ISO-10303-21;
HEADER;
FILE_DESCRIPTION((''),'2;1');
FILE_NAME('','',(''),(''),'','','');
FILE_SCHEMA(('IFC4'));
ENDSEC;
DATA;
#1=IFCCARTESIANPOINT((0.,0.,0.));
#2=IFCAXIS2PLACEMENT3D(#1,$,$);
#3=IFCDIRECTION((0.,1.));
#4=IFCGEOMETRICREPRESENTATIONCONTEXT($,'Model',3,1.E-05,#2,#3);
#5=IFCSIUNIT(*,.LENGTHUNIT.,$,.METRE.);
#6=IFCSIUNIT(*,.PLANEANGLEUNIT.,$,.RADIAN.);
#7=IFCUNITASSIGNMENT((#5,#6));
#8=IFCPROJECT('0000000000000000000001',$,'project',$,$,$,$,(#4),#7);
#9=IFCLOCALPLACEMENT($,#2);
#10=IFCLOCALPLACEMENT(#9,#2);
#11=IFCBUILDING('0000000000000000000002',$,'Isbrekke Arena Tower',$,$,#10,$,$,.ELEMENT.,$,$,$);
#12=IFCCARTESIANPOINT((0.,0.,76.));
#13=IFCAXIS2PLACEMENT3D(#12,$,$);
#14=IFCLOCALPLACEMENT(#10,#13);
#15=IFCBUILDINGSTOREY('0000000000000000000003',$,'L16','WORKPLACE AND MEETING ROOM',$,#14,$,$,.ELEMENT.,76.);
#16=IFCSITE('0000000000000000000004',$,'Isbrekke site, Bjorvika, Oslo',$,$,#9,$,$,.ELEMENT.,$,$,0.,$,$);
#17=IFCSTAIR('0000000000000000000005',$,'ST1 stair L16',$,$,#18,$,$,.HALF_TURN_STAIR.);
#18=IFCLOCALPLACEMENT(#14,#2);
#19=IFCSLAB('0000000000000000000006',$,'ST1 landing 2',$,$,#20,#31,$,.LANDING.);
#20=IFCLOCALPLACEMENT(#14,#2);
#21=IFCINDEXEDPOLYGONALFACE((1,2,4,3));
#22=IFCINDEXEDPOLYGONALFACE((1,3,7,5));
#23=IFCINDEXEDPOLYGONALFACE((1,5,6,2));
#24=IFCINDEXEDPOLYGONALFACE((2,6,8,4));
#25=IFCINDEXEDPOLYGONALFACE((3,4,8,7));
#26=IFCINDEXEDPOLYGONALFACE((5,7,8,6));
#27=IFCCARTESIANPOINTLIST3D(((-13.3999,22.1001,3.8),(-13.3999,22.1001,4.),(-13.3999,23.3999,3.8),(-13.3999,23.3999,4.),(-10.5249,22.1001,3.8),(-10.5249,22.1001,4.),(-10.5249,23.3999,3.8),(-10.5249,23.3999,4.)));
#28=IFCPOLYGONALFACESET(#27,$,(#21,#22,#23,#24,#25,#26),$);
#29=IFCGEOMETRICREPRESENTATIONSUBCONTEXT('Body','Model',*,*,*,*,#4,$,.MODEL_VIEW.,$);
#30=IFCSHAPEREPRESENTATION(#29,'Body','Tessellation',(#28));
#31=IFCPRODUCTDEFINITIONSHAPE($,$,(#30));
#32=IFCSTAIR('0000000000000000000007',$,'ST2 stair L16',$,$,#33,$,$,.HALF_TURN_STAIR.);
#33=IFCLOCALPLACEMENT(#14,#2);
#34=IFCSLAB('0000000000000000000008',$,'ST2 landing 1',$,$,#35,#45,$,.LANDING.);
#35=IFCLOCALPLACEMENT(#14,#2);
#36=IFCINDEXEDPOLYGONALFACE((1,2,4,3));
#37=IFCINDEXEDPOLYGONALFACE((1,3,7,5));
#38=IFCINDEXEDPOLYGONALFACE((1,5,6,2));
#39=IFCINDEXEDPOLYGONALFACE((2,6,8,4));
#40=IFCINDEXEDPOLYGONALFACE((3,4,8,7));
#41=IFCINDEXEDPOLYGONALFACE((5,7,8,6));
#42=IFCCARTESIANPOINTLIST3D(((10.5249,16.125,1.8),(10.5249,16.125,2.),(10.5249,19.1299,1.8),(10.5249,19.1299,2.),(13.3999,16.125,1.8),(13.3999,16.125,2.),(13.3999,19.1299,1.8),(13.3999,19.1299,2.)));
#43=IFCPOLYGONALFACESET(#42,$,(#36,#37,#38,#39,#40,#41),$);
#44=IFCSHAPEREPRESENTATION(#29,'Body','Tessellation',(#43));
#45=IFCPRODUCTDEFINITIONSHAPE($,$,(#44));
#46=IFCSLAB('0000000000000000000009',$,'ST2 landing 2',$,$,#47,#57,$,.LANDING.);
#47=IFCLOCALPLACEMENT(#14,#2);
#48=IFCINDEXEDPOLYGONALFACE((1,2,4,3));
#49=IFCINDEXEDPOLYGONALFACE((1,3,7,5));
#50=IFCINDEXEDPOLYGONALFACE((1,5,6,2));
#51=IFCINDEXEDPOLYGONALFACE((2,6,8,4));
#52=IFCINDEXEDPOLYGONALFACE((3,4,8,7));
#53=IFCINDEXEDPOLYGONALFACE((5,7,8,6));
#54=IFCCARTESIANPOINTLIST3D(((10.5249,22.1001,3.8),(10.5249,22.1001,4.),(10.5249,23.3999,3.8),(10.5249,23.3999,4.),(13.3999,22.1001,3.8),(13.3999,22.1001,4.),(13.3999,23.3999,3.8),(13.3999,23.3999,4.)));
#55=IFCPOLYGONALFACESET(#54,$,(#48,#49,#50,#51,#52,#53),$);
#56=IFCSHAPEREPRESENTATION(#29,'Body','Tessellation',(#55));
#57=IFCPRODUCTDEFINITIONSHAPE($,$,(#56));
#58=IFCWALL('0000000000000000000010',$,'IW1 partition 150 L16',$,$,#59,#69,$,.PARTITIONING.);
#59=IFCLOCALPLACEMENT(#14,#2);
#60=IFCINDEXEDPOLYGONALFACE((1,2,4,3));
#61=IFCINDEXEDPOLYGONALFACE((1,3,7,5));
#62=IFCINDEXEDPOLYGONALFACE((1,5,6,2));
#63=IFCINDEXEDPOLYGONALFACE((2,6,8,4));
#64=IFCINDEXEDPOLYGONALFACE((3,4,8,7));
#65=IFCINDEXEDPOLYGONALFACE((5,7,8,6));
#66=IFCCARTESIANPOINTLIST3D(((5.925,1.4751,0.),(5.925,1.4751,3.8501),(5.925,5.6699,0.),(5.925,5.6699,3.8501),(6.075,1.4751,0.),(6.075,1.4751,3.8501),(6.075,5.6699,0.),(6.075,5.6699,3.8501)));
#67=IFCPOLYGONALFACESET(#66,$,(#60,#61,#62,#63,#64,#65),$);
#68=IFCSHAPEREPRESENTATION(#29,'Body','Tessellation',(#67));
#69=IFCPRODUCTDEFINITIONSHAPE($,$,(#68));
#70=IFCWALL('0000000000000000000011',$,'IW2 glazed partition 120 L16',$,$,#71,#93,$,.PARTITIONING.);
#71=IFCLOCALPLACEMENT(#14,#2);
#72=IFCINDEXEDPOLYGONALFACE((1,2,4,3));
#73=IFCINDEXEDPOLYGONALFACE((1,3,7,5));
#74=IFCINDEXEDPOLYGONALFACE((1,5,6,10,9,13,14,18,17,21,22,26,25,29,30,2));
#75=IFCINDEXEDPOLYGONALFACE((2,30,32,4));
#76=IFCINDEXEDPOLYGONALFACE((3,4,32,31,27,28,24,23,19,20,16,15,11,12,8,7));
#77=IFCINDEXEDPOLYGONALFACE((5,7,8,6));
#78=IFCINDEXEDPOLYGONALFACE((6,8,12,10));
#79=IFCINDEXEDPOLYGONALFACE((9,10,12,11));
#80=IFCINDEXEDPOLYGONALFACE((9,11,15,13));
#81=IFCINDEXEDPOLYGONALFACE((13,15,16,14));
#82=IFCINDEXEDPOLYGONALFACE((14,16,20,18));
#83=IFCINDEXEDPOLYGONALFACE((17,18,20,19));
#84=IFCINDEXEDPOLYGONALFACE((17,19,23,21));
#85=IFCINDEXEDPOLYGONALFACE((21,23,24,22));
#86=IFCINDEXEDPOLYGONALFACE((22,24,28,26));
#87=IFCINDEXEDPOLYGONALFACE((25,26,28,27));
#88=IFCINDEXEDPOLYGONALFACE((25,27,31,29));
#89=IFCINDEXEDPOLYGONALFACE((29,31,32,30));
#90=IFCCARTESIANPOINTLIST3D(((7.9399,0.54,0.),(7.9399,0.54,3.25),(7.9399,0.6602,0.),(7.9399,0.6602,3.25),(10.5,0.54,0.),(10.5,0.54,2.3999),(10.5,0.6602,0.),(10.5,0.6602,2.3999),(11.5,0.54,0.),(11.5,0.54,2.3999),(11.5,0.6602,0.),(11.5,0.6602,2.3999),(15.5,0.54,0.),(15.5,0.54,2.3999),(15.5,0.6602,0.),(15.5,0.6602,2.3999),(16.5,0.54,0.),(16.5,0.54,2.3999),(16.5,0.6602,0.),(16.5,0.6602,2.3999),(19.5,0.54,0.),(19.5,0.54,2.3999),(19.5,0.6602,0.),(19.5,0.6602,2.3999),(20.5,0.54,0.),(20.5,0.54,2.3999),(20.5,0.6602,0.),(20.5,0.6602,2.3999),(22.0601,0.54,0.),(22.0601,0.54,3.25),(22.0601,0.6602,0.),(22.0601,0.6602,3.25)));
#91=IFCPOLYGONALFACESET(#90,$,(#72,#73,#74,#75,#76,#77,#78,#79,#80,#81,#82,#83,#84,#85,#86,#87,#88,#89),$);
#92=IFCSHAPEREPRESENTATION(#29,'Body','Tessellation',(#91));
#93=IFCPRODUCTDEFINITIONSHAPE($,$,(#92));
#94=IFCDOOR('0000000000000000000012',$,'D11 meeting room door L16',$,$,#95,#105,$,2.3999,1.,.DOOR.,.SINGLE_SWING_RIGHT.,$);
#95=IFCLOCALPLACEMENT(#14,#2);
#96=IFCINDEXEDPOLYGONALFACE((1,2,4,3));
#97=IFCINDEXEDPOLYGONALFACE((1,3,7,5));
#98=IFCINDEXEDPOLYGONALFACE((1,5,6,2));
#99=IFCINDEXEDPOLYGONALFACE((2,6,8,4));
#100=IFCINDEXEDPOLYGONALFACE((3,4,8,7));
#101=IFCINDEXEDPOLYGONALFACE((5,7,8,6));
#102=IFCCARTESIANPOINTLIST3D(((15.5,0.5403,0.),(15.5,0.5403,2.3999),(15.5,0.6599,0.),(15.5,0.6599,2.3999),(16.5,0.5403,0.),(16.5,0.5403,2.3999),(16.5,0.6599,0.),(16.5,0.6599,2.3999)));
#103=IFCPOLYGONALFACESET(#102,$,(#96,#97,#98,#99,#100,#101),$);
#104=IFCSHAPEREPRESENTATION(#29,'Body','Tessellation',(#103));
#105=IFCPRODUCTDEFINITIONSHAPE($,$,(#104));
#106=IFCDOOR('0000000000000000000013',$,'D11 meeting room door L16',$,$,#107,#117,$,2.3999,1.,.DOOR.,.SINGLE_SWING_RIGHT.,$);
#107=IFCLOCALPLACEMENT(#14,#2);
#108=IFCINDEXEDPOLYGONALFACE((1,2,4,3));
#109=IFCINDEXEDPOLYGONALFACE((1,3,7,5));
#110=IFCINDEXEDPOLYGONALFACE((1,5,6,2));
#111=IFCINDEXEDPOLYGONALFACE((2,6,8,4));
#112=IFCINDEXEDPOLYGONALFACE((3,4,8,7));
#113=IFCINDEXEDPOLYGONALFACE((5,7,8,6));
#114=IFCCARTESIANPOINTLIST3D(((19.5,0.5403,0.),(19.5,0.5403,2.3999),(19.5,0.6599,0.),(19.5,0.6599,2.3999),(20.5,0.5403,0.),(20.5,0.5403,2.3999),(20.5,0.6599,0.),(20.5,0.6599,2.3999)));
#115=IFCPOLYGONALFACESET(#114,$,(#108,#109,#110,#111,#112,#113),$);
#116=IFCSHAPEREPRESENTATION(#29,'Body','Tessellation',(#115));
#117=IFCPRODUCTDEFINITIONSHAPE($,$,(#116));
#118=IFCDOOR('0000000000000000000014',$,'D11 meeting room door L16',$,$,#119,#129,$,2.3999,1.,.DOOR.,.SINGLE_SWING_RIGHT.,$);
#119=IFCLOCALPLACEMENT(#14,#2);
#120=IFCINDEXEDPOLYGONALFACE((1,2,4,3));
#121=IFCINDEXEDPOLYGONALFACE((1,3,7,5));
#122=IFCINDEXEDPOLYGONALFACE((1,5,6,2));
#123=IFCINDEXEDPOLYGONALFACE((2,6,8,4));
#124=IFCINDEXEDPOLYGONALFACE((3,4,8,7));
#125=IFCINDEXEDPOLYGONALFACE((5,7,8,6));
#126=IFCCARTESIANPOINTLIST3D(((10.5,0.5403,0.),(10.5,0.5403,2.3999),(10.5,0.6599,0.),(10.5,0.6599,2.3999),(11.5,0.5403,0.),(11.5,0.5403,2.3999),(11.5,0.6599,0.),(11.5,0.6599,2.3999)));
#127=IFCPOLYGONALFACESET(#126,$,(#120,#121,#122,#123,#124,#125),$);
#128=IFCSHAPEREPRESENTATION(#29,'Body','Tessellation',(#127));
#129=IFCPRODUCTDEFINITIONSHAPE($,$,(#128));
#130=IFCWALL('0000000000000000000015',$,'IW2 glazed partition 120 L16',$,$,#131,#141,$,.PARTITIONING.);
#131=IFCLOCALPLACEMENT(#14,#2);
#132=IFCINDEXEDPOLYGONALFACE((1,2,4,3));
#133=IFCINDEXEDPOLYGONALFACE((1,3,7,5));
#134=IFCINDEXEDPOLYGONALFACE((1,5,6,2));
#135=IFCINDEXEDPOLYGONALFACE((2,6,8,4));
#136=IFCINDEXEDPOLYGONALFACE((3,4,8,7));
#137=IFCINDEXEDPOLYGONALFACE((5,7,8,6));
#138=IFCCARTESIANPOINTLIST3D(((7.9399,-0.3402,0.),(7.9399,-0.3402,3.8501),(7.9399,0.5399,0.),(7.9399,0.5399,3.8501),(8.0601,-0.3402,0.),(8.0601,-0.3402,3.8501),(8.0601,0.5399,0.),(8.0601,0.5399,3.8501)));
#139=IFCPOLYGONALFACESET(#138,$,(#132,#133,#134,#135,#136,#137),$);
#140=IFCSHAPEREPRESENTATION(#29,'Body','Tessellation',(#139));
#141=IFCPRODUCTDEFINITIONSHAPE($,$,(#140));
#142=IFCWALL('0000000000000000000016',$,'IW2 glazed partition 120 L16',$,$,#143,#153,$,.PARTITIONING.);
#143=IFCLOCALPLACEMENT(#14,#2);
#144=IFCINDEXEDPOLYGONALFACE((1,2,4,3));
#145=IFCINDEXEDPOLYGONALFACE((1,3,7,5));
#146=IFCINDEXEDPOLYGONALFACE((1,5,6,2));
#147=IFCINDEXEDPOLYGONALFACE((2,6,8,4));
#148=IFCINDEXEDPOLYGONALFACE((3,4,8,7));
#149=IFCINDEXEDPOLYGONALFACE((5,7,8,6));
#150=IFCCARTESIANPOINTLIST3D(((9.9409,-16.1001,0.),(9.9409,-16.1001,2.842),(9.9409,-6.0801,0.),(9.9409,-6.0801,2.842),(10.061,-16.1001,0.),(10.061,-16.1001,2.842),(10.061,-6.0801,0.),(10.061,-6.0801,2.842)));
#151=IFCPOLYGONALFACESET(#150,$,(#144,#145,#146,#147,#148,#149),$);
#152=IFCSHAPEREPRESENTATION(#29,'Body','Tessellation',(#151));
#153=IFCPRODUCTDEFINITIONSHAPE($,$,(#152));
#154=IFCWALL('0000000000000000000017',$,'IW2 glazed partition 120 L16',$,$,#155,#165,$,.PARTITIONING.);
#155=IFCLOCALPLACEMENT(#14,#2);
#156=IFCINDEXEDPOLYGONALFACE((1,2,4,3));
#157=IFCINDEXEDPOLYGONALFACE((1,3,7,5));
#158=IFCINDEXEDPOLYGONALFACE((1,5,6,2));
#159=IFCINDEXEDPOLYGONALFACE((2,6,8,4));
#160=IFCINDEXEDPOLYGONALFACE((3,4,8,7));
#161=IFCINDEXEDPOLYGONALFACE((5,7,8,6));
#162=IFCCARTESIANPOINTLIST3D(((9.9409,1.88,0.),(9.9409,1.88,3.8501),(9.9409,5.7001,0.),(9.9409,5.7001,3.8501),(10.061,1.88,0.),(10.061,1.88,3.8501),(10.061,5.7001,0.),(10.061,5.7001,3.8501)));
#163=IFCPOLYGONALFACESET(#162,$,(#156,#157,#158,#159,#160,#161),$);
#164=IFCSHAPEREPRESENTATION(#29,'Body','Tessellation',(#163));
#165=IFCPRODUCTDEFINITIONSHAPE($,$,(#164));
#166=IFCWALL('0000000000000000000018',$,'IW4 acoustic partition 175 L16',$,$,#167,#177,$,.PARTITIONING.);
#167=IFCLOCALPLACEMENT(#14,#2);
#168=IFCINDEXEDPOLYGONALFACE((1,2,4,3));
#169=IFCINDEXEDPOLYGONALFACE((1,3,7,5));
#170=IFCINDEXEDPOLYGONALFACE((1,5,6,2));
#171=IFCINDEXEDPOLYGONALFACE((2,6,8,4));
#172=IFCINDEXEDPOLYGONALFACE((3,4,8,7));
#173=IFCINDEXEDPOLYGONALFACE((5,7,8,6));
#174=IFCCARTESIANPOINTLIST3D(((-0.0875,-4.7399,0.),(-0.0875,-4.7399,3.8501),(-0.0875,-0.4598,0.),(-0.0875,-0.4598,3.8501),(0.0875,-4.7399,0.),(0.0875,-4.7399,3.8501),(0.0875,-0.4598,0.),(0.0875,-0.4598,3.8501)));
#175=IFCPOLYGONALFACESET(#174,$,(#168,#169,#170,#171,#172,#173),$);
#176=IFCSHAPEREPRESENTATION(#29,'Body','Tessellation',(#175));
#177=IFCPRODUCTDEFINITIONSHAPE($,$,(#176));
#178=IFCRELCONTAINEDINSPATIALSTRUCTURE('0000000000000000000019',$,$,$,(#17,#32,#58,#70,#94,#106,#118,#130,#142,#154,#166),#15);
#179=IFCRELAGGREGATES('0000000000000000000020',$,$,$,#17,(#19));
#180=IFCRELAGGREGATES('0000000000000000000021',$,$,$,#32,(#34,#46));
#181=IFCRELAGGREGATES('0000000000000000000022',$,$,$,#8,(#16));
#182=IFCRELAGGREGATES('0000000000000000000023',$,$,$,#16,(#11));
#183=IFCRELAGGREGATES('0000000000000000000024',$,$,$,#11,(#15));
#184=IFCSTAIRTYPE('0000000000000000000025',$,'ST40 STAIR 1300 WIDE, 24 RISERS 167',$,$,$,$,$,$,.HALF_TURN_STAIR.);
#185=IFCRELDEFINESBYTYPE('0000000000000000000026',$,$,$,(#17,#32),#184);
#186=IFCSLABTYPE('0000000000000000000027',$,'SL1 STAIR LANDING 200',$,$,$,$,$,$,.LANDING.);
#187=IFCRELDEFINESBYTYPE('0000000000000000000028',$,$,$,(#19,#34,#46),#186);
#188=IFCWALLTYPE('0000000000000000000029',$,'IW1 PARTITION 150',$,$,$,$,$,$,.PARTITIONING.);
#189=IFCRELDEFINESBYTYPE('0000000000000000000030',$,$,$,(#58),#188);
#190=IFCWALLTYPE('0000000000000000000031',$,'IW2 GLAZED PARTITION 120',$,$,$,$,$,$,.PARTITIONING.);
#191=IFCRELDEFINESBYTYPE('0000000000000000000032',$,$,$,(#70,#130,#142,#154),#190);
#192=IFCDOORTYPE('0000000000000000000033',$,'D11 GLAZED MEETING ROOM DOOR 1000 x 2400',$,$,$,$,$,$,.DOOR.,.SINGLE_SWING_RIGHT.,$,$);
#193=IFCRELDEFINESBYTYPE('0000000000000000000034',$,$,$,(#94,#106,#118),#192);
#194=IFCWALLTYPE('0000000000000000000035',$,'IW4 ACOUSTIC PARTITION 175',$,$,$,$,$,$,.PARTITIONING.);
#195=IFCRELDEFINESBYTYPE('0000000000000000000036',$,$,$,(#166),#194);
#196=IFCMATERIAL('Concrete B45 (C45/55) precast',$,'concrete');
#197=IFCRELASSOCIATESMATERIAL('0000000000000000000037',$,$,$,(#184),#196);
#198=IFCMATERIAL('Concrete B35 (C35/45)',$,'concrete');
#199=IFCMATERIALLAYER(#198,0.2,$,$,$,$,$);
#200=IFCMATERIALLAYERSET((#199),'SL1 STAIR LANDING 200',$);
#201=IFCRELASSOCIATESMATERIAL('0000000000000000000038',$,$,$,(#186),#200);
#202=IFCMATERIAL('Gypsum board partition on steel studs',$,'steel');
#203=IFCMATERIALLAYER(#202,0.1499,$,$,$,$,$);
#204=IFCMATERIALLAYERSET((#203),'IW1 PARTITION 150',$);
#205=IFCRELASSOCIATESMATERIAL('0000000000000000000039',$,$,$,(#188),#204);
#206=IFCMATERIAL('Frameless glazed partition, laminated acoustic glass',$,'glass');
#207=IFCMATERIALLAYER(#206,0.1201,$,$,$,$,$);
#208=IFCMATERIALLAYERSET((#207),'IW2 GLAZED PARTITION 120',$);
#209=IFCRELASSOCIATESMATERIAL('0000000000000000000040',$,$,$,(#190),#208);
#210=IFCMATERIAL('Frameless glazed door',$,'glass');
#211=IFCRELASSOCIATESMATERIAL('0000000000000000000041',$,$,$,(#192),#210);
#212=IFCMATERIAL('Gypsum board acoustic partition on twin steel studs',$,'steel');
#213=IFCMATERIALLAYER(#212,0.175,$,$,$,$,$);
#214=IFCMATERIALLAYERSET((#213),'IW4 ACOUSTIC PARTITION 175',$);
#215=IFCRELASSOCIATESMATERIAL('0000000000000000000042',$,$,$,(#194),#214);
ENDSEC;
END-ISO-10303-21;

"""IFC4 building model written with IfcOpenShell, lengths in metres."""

from ifc_helpers import new_model, si_unit, direction, frame, frame_2d, origin, place, context, subcontext, project, spatial, polyline, rectangle, outline, extrude, material, layer, layer_set, type_object, element, fill, aggregate, save


model = new_model("IFC4")

# Units and contexts
model_context = context("Model", 3, precision=1e-05, world=origin(), true_north=direction((0.0, 1.0)))
body_context = subcontext(model_context, "Body", "Model", "MODEL_VIEW")
ifc_project = project(units=[si_unit("LENGTHUNIT", "METRE"), si_unit("PLANEANGLEUNIT", "RADIAN")], contexts=[model_context])

# Site, building, storey
site_placement = place(None, origin())
site = spatial("IfcSite", under=ifc_project, at=site_placement, Name="Isbrekke site, Bjorvika, Oslo", CompositionType="ELEMENT", RefElevation=0.0)
building_placement = place(site_placement, origin())
building = spatial("IfcBuilding", under=site, at=building_placement, Name="Isbrekke Arena Tower", CompositionType="ELEMENT")
storey_placement = place(building_placement, frame((0.0, 0.0, 76.0)))
storey = spatial("IfcBuildingStorey", under=building, at=storey_placement, Name="L16", Description="WORKPLACE AND MEETING ROOM", CompositionType="ELEMENT", Elevation=76.0)

# Stairs, slabs
ifc_material_1 = material(Name="Concrete B45 (C45/55) precast", Category="concrete")
stair_type = type_object("IfcStairType", Name="ST40 STAIR 1300 WIDE, 24 RISERS 167", PredefinedType="HALF_TURN_STAIR", material=ifc_material_1)
stair_1_placement = place(storey_placement, origin())
stair_1 = element("IfcStair", 1, at=stair_1_placement, inside=storey, type_object=stair_type, Name="ST1 stair L16", PredefinedType="HALF_TURN_STAIR")
ifc_material_2 = material(Name="Concrete B35 (C35/45)", Category="concrete")
ifc_layer_1 = layer(ifc_material_2, 0.2)
ifc_layer_set_1 = layer_set([ifc_layer_1], Name="SL1 STAIR LANDING 200")
slab_type_1 = type_object("IfcSlabType", Name="SL1 STAIR LANDING 200", PredefinedType="LANDING", material=ifc_layer_set_1)
slab_1_placement = place(storey_placement, frame((0.0, 0.0, 3.8)))
slab_1 = element("IfcSlab", 2, at=slab_1_placement, type_object=slab_type_1, Name="ST1 landing 2", PredefinedType="LANDING", context=body_context, shape_type="SweptSolid", body=[
    extrude(outline(polyline([(-13.3999, 22.1001), (-10.5249, 22.1001), (-10.5249, 23.3999), (-13.3999, 23.3999), (-13.3999, 22.1001)])), origin(), (0.0, 0.0, 1.0), 0.2),
])
aggregate(stair_1, [slab_1])
stair_2_placement = place(storey_placement, origin())
stair_2 = element("IfcStair", 3, at=stair_2_placement, inside=storey, type_object=stair_type, Name="ST2 stair L16", PredefinedType="HALF_TURN_STAIR")
slab_2_placement = place(storey_placement, frame((0.0, 0.0, 1.8)))
slab_2 = element("IfcSlab", 4, at=slab_2_placement, type_object=slab_type_1, Name="ST2 landing 1", PredefinedType="LANDING", context=body_context, shape_type="SweptSolid", body=[
    extrude(outline(polyline([(10.5249, 16.125), (13.3999, 16.125), (13.3999, 19.1299), (10.5249, 19.1299), (10.5249, 16.125)])), origin(), (0.0, 0.0, 1.0), 0.2),
])
slab_3_placement = place(storey_placement, frame((0.0, 0.0, 3.8)))
slab_3 = element("IfcSlab", 5, at=slab_3_placement, type_object=slab_type_1, Name="ST2 landing 2", PredefinedType="LANDING", context=body_context, shape_type="SweptSolid", body=[
    extrude(outline(polyline([(10.5249, 22.1001), (13.3999, 22.1001), (13.3999, 23.3999), (10.5249, 23.3999), (10.5249, 22.1001)])), origin(), (0.0, 0.0, 1.0), 0.2),
])
aggregate(stair_2, [slab_2, slab_3])

# Wall
ifc_material_3 = material(Name="Gypsum board partition on steel studs", Category="steel")
ifc_layer_2 = layer(ifc_material_3, 0.1499)
ifc_layer_set_2 = layer_set([ifc_layer_2], Name="IW1 PARTITION 150")
wall_type_1 = type_object("IfcWallType", Name="IW1 PARTITION 150", PredefinedType="PARTITIONING", material=ifc_layer_set_2)
wall_1_placement = place(storey_placement, frame((6.0, 1.4751, 0.0), z_axis=(0.0, 0.0, 1.0), x_axis=(0.0, 1.0, 0.0)))
element("IfcWall", 6, at=wall_1_placement, inside=storey, type_object=wall_type_1, Name="IW1 partition 150 L16", PredefinedType="PARTITIONING", context=body_context, shape_type="SweptSolid", body=[
    extrude(rectangle(XDim=4.1948, YDim=0.1499, at=frame_2d((2.0974, 0.0))), origin(), (0.0, 0.0, 1.0), 3.8501),
])

# Wall, openings, doors
ifc_material_4 = material(Name="Frameless glazed partition, laminated acoustic glass", Category="glass")
ifc_layer_3 = layer(ifc_material_4, 0.1201)
ifc_layer_set_3 = layer_set([ifc_layer_3], Name="IW2 GLAZED PARTITION 120")
wall_type_2 = type_object("IfcWallType", Name="IW2 GLAZED PARTITION 120", PredefinedType="PARTITIONING", material=ifc_layer_set_3)
wall_2_placement = place(storey_placement, frame((7.9399, 0.6001, 0.0), z_axis=(0.0, 0.0, 1.0), x_axis=(1.0, 0.0, 0.0)))
wall_2 = element("IfcWall", 7, at=wall_2_placement, inside=storey, type_object=wall_type_2, Name="IW2 glazed partition 120 L16", PredefinedType="PARTITIONING", context=body_context, shape_type="SweptSolid", body=[
    extrude(rectangle(XDim=14.1201, YDim=0.1201, at=frame_2d((7.0601, 0.0))), origin(), (0.0, 0.0, 1.0), 3.25),
])
opening_1_placement = place(wall_2_placement, frame((7.5601, 0.0, 0.0)))
opening_1 = element("IfcOpeningElement", 8, at=opening_1_placement, cuts=wall_2, PredefinedType="OPENING", context=body_context, shape_type="SweptSolid", body=[
    extrude(rectangle(XDim=1.0, YDim=2.3999, at=frame_2d((0.5, 1.2))), frame((0.0, 0.075, 0.0), z_axis=(0.0, -1.0, 0.0), x_axis=(1.0, 0.0, 0.0)), (0.0, 0.0, 1.0), 0.1499),
])
opening_2_placement = place(wall_2_placement, frame((11.5601, 0.0, 0.0)))
opening_2 = element("IfcOpeningElement", 9, at=opening_2_placement, cuts=wall_2, PredefinedType="OPENING", context=body_context, shape_type="SweptSolid", body=[
    extrude(rectangle(XDim=1.0, YDim=2.3999, at=frame_2d((0.5, 1.2))), frame((0.0, 0.075, 0.0), z_axis=(0.0, -1.0, 0.0), x_axis=(1.0, 0.0, 0.0)), (0.0, 0.0, 1.0), 0.1499),
])
opening_3_placement = place(wall_2_placement, frame((2.5601, 0.0, 0.0)))
opening_3 = element("IfcOpeningElement", 10, at=opening_3_placement, cuts=wall_2, PredefinedType="OPENING", context=body_context, shape_type="SweptSolid", body=[
    extrude(rectangle(XDim=1.0, YDim=2.3999, at=frame_2d((0.5, 1.2))), frame((0.0, 0.075, 0.0), z_axis=(0.0, -1.0, 0.0), x_axis=(1.0, 0.0, 0.0)), (0.0, 0.0, 1.0), 0.1499),
])
ifc_material_5 = material(Name="Frameless glazed door", Category="glass")
door_type = type_object("IfcDoorType", Name="D11 GLAZED MEETING ROOM DOOR 1000 x 2400", OperationType="SINGLE_SWING_RIGHT", PredefinedType="DOOR", material=ifc_material_5)
door_1_placement = place(opening_1_placement, origin())
door_1 = element("IfcDoor", 11, at=door_1_placement, inside=storey, type_object=door_type, Name="D11 meeting room door L16", OperationType="SINGLE_SWING_RIGHT", OverallHeight=2.3999, OverallWidth=1.0, PredefinedType="DOOR", context=body_context, shape_type="SweptSolid", body=[
    extrude(rectangle(XDim=1.0, YDim=2.3999, at=frame_2d((0.5, 1.2))), frame((0.0, 0.0598, 0.0), z_axis=(0.0, -1.0, 0.0), x_axis=(1.0, 0.0, 0.0)), (0.0, 0.0, 1.0), 0.1196),
])
fill(opening_1, door_1)
door_2_placement = place(opening_2_placement, origin())
door_2 = element("IfcDoor", 12, at=door_2_placement, inside=storey, type_object=door_type, Name="D11 meeting room door L16", OperationType="SINGLE_SWING_RIGHT", OverallHeight=2.3999, OverallWidth=1.0, PredefinedType="DOOR", context=body_context, shape_type="SweptSolid", body=[
    extrude(rectangle(XDim=1.0, YDim=2.3999, at=frame_2d((0.5, 1.2))), frame((0.0, 0.0598, 0.0), z_axis=(0.0, -1.0, 0.0), x_axis=(1.0, 0.0, 0.0)), (0.0, 0.0, 1.0), 0.1196),
])
fill(opening_2, door_2)
door_3_placement = place(opening_3_placement, origin())
door_3 = element("IfcDoor", 13, at=door_3_placement, inside=storey, type_object=door_type, Name="D11 meeting room door L16", OperationType="SINGLE_SWING_RIGHT", OverallHeight=2.3999, OverallWidth=1.0, PredefinedType="DOOR", context=body_context, shape_type="SweptSolid", body=[
    extrude(rectangle(XDim=1.0, YDim=2.3999, at=frame_2d((0.5, 1.2))), frame((0.0, 0.0598, 0.0), z_axis=(0.0, -1.0, 0.0), x_axis=(1.0, 0.0, 0.0)), (0.0, 0.0, 1.0), 0.1196),
])
fill(opening_3, door_3)

# Walls
wall_3_placement = place(storey_placement, frame((8.0, -0.3401, 0.0), z_axis=(0.0, 0.0, 1.0), x_axis=(0.0, 1.0, 0.0)))
element("IfcWall", 14, at=wall_3_placement, inside=storey, type_object=wall_type_2, Name="IW2 glazed partition 120 L16", PredefinedType="PARTITIONING", context=body_context, shape_type="SweptSolid", body=[
    extrude(rectangle(XDim=0.8801, YDim=0.1201, at=frame_2d((0.4399, 0.0))), origin(), (0.0, 0.0, 1.0), 3.8501),
])
wall_4_placement = place(storey_placement, frame((10.001, -16.1001, 0.0), z_axis=(0.0, 0.0, 1.0), x_axis=(0.0, 1.0, 0.0)))
element("IfcWall", 15, at=wall_4_placement, inside=storey, type_object=wall_type_2, Name="IW2 glazed partition 120 L16", PredefinedType="PARTITIONING", context=body_context, shape_type="SweptSolid", body=[
    extrude(rectangle(XDim=10.02, YDim=0.1201, at=frame_2d((5.01, 0.0))), origin(), (0.0, 0.0, 1.0), 2.842),
])
wall_5_placement = place(storey_placement, frame((10.001, 1.8799, 0.0), z_axis=(0.0, 0.0, 1.0), x_axis=(0.0, 1.0, 0.0)))
element("IfcWall", 16, at=wall_5_placement, inside=storey, type_object=wall_type_2, Name="IW2 glazed partition 120 L16", PredefinedType="PARTITIONING", context=body_context, shape_type="SweptSolid", body=[
    extrude(rectangle(XDim=3.8201, YDim=0.1201, at=frame_2d((1.9102, 0.0))), origin(), (0.0, 0.0, 1.0), 3.8501),
])
ifc_material_6 = material(Name="Gypsum board acoustic partition on twin steel studs", Category="steel")
ifc_layer_4 = layer(ifc_material_6, 0.175)
ifc_layer_set_4 = layer_set([ifc_layer_4], Name="IW4 ACOUSTIC PARTITION 175")
wall_type_3 = type_object("IfcWallType", Name="IW4 ACOUSTIC PARTITION 175", PredefinedType="PARTITIONING", material=ifc_layer_set_4)
for number, where, z_axis, x_axis, name in (
    (17, (0.0, -4.74, 0.0), (0.0, 0.0, 1.0), (0.0, 1.0, 0.0), "IW4 acoustic partition 175 L16"),
):
    element("IfcWall", number, at=place(storey_placement, frame(where, z_axis=z_axis, x_axis=x_axis)), inside=storey, type_object=wall_type_3, Name=name, PredefinedType="PARTITIONING", context=body_context, shape_type="SweptSolid", body=[
        extrude(rectangle(XDim=4.28, YDim=0.175, at=frame_2d((2.1401, 0.0))), origin(), (0.0, 0.0, 1.0), 3.8501),
    ])

save(model, "model.ifc")
